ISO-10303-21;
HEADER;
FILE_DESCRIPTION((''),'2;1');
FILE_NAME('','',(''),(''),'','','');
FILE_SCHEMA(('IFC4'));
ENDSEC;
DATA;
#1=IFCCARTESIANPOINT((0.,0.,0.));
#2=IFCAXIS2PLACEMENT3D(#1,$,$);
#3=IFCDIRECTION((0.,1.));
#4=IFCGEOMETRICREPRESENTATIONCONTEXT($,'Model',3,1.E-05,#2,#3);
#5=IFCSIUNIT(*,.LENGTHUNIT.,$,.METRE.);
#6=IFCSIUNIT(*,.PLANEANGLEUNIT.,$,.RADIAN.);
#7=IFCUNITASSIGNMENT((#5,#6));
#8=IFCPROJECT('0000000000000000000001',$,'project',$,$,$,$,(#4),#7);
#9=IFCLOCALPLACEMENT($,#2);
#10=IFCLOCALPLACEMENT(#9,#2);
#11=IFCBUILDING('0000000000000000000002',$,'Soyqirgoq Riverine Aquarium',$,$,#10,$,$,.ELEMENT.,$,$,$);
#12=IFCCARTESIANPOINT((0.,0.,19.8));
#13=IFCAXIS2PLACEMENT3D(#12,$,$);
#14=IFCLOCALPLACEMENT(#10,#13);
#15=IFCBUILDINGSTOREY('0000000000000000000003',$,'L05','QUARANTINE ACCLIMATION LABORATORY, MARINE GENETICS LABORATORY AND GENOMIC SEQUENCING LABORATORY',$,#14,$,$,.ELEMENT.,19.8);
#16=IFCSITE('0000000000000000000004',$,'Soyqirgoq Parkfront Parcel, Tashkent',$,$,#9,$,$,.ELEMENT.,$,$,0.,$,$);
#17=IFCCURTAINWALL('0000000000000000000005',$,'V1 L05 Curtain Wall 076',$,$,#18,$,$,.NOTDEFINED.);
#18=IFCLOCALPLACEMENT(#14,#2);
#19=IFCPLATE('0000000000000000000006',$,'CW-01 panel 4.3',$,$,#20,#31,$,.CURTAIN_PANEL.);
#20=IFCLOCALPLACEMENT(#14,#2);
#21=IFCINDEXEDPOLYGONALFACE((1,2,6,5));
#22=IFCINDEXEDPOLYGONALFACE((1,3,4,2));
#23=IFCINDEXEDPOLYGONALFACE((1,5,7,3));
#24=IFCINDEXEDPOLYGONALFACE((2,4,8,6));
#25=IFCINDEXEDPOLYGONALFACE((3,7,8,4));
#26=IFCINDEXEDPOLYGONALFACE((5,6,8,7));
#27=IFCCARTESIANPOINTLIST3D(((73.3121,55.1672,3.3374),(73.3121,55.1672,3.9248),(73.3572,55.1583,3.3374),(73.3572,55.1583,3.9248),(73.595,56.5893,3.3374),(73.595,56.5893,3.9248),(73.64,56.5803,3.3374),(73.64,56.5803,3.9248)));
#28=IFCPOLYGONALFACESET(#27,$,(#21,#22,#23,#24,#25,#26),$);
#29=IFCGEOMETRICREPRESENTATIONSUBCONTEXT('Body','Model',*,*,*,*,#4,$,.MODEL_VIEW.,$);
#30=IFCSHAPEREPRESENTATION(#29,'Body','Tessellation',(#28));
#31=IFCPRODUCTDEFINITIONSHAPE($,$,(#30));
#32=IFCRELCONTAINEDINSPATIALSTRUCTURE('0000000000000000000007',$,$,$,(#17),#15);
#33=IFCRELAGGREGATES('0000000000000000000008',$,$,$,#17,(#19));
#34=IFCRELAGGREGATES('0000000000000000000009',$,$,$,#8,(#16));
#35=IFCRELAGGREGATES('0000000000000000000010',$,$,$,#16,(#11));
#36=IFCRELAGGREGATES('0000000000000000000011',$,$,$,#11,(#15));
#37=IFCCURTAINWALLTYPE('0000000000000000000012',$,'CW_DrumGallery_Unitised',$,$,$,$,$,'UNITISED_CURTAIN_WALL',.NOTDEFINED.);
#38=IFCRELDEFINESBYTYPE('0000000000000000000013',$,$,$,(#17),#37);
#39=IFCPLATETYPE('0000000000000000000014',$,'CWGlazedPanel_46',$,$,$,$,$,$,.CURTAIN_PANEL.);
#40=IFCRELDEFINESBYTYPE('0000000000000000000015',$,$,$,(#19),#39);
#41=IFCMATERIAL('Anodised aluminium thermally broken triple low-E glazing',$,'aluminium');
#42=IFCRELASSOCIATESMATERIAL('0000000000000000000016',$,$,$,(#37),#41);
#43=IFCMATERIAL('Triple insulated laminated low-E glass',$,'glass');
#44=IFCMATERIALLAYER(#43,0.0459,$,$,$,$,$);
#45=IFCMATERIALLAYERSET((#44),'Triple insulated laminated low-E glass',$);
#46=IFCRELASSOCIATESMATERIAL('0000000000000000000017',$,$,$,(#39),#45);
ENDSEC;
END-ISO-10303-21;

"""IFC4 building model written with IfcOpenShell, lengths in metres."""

from ifc_helpers import new_model, si_unit, direction, frame, origin, origin_2d, place, context, subcontext, project, spatial, rectangle, extrude, material, layer, layer_set, type_object, element, aggregate, save


model = new_model("IFC4")

# Units and contexts
model_context = context("Model", 3, precision=1e-05, world=origin(), true_north=direction((0.0, 1.0)))
body_context = subcontext(model_context, "Body", "Model", "MODEL_VIEW")
ifc_project = project(units=[si_unit("LENGTHUNIT", "METRE"), si_unit("PLANEANGLEUNIT", "RADIAN")], contexts=[model_context])

# Site, building, storey
site_placement = place(None, origin())
site = spatial("IfcSite", under=ifc_project, at=site_placement, Name="Soyqirgoq Parkfront Parcel, Tashkent", CompositionType="ELEMENT", RefElevation=0.0)
building_placement = place(site_placement, origin())
building = spatial("IfcBuilding", under=site, at=building_placement, Name="Soyqirgoq Riverine Aquarium", CompositionType="ELEMENT")
storey_placement = place(building_placement, frame((0.0, 0.0, 19.8)))
storey = spatial("IfcBuildingStorey", under=building, at=storey_placement, Name="L05", Description="QUARANTINE ACCLIMATION LABORATORY, MARINE GENETICS LABORATORY AND GENOMIC SEQUENCING LABORATORY", CompositionType="ELEMENT", Elevation=19.8)

# Shared definitions
ifc_material_1 = material(Name="Anodised aluminium thermally broken triple low-E glazing", Category="aluminium")
curtain_wall_type = type_object("IfcCurtainWallType", Name="CW_DrumGallery_Unitised", ElementType="UNITISED_CURTAIN_WALL", PredefinedType="NOTDEFINED", material=ifc_material_1)

# Curtain wall
curtain_wall_1_placement = place(storey_placement, origin())
curtain_wall_1 = element("IfcCurtainWall", 1, at=curtain_wall_1_placement, inside=storey, type_object=curtain_wall_type, Name="V1 L05 Curtain Wall 076", PredefinedType="NOTDEFINED")

# Plate
ifc_material_2 = material(Name="Triple insulated laminated low-E glass", Category="glass")
ifc_layer = layer(ifc_material_2, 0.0459)
ifc_layer_set = layer_set([ifc_layer], Name="Triple insulated laminated low-E glass")
plate_type = type_object("IfcPlateType", Name="CWGlazedPanel_46", PredefinedType="CURTAIN_PANEL", material=ifc_layer_set)
plate_1_placement = place(storey_placement, frame((73.4761, 55.8738, 3.3374), z_axis=(0.0, 0.0, 1.0), x_axis=(0.195078, 0.980788, 0.0)))
plate_1 = element("IfcPlate", 2, at=plate_1_placement, type_object=plate_type, Name="CW-01 panel 4.3", PredefinedType="CURTAIN_PANEL", context=body_context, shape_type="SweptSolid", body=[
    extrude(rectangle(XDim=1.45, YDim=0.0459, at=origin_2d()), origin(), (0.0, 0.0, 1.0), 0.5874),
])
aggregate(curtain_wall_1, [plate_1])

save(model, "model.ifc")
